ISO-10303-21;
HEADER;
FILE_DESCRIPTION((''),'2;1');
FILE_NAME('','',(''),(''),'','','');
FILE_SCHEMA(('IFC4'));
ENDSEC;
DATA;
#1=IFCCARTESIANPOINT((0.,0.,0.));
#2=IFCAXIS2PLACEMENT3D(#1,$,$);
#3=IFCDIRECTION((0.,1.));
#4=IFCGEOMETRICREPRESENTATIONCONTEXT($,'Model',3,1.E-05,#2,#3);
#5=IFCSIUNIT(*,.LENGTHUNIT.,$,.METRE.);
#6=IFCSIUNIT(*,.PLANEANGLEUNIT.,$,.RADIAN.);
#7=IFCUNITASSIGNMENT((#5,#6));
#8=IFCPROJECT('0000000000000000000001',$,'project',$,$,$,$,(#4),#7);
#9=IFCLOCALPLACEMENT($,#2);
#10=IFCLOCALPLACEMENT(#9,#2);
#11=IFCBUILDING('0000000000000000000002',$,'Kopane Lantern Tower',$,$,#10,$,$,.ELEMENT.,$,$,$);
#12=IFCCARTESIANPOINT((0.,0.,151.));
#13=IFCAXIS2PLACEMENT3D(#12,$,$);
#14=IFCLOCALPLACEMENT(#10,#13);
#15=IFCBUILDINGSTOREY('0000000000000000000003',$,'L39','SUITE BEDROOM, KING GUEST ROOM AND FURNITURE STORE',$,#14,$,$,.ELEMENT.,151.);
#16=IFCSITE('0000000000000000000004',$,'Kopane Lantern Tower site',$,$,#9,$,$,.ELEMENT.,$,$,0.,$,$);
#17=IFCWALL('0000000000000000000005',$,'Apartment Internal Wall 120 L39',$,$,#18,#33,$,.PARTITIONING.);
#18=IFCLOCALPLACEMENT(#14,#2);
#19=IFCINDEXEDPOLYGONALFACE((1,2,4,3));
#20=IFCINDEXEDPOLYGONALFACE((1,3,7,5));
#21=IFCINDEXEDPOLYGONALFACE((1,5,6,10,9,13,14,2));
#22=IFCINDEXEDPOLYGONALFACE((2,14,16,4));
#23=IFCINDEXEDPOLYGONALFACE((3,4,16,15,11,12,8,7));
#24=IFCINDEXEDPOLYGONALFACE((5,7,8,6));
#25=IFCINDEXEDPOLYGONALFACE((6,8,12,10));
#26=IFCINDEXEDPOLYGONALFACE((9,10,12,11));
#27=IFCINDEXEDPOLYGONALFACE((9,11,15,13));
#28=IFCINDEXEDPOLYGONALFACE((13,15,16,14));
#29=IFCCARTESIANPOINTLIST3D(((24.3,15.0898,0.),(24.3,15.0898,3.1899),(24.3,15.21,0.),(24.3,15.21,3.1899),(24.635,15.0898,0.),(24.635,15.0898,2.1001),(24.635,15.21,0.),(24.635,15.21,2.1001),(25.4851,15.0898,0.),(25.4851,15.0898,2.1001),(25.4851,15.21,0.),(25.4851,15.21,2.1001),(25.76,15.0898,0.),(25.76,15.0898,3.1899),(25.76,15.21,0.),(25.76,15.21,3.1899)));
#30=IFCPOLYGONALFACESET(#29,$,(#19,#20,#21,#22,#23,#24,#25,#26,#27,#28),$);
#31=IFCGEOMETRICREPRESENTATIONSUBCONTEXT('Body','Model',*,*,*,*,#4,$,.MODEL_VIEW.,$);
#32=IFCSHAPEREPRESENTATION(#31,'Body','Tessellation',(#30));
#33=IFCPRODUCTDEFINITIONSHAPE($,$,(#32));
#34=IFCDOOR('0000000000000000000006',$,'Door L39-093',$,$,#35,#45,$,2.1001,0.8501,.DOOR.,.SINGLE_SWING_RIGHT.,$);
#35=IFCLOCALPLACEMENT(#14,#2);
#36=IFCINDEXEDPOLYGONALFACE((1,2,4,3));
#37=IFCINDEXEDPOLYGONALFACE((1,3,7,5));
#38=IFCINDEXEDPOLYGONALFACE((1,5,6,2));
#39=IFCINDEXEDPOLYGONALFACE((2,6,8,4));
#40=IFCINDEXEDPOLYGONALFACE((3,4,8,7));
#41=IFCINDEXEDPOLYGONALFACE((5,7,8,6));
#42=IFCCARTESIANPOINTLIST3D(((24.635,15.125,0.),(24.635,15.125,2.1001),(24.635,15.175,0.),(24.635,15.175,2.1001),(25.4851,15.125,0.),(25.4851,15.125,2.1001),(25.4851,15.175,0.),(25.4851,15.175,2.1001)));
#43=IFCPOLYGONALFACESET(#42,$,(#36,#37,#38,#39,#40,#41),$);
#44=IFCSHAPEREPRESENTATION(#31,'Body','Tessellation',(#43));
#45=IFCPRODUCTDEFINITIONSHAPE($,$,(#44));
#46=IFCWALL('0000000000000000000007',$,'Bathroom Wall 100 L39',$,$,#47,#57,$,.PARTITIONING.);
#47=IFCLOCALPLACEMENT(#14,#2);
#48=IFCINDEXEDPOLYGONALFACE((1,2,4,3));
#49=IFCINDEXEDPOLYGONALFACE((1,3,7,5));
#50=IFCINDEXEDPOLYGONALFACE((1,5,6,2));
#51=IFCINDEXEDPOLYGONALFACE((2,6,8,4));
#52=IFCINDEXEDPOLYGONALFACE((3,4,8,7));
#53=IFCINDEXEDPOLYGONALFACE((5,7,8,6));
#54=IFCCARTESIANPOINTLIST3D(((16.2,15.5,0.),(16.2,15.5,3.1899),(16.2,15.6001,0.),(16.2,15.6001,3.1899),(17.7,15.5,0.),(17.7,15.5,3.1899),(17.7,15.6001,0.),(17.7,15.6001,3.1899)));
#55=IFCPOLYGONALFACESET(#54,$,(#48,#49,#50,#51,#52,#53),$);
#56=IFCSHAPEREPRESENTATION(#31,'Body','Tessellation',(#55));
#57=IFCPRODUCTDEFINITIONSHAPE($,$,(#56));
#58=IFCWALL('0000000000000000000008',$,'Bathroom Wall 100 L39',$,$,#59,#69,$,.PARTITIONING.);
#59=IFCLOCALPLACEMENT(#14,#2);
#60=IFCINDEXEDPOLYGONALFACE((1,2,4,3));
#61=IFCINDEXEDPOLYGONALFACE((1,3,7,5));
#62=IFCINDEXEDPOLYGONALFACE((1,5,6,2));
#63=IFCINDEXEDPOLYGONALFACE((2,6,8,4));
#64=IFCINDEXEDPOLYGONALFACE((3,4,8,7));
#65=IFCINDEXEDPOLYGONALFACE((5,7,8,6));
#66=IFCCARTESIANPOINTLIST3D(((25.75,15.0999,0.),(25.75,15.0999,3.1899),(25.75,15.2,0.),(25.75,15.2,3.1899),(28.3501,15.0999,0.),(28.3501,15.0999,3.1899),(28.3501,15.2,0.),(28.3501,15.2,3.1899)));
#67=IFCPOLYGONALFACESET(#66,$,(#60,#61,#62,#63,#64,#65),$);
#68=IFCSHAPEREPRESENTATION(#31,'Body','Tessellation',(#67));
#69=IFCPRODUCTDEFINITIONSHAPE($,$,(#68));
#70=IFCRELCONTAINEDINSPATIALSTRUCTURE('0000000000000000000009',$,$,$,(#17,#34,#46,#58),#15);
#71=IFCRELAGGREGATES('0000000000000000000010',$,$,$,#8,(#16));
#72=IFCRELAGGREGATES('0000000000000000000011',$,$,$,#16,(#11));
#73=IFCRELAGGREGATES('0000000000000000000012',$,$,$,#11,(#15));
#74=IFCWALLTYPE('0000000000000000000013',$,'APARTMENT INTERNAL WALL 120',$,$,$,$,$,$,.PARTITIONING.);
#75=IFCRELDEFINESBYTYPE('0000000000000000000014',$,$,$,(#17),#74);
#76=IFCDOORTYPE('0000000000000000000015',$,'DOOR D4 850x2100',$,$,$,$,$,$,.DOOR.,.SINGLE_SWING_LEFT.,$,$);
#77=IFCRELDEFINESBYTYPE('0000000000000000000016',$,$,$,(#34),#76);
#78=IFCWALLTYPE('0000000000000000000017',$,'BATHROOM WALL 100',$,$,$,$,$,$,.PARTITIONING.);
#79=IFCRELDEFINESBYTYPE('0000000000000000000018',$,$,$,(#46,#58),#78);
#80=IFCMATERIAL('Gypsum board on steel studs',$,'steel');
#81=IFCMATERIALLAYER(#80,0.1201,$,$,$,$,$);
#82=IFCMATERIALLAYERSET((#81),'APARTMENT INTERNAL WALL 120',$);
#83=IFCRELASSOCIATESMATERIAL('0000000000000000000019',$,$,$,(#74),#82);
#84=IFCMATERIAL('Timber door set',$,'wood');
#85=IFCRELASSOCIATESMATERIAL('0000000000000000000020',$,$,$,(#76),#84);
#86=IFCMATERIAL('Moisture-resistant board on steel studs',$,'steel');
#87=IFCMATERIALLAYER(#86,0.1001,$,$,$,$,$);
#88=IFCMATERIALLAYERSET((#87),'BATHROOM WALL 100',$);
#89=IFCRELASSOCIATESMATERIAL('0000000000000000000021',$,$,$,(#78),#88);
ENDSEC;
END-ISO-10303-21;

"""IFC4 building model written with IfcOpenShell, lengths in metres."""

from ifc_helpers import new_model, si_unit, direction, frame, frame_2d, origin, place, context, subcontext, project, spatial, rectangle, extrude, material, layer, layer_set, type_object, element, fill, save


model = new_model("IFC4")

# Units and contexts
model_context = context("Model", 3, precision=1e-05, world=origin(), true_north=direction((0.0, 1.0)))
body_context = subcontext(model_context, "Body", "Model", "MODEL_VIEW")
ifc_project = project(units=[si_unit("LENGTHUNIT", "METRE"), si_unit("PLANEANGLEUNIT", "RADIAN")], contexts=[model_context])

# Site, building, storey
site_placement = place(None, origin())
site = spatial("IfcSite", under=ifc_project, at=site_placement, Name="Kopane Lantern Tower site", CompositionType="ELEMENT", RefElevation=0.0)
building_placement = place(site_placement, origin())
building = spatial("IfcBuilding", under=site, at=building_placement, Name="Kopane Lantern Tower", CompositionType="ELEMENT")
storey_placement = place(building_placement, frame((0.0, 0.0, 151.0)))
storey = spatial("IfcBuildingStorey", under=building, at=storey_placement, Name="L39", Description="SUITE BEDROOM, KING GUEST ROOM AND FURNITURE STORE", CompositionType="ELEMENT", Elevation=151.0)

# Wall, opening, door
ifc_material_1 = material(Name="Gypsum board on steel studs", Category="steel")
ifc_layer_1 = layer(ifc_material_1, 0.1201)
ifc_layer_set_1 = layer_set([ifc_layer_1], Name="APARTMENT INTERNAL WALL 120")
wall_type_1 = type_object("IfcWallType", Name="APARTMENT INTERNAL WALL 120", PredefinedType="PARTITIONING", material=ifc_layer_set_1)
ifc_material_2 = material(Name="Timber door set", Category="wood")
door_type = type_object("IfcDoorType", Name="DOOR D4 850x2100", OperationType="SINGLE_SWING_LEFT", PredefinedType="DOOR", material=ifc_material_2)
wall_1_placement = place(storey_placement, frame((25.76, 15.1499, 0.0), z_axis=(0.0, 0.0, 1.0), x_axis=(-1.0, 0.0, 0.0)))
wall_1 = element("IfcWall", 1, at=wall_1_placement, inside=storey, type_object=wall_type_1, Name="Apartment Internal Wall 120 L39", PredefinedType="PARTITIONING", context=body_context, shape_type="SweptSolid", body=[
    extrude(rectangle(XDim=1.46, YDim=0.1201, at=frame_2d((0.73, 0.0))), origin(), (0.0, 0.0, 1.0), 3.1899),
])
opening_1_placement = place(wall_1_placement, frame((0.2749, 0.0, 0.0)))
opening_1 = element("IfcOpeningElement", 2, at=opening_1_placement, cuts=wall_1, PredefinedType="OPENING", context=body_context, shape_type="SweptSolid", body=[
    extrude(rectangle(XDim=0.8501, YDim=2.1001, at=frame_2d((0.425, 1.05))), frame((0.0, 0.0701, 0.0), z_axis=(0.0, -1.0, 0.0), x_axis=(1.0, 0.0, 0.0)), (0.0, 0.0, 1.0), 0.1401),
])
door_1_placement = place(opening_1_placement, origin())
door_1 = element("IfcDoor", 3, at=door_1_placement, inside=storey, type_object=door_type, Name="Door L39-093", OperationType="SINGLE_SWING_RIGHT", OverallHeight=2.1001, OverallWidth=0.8501, PredefinedType="DOOR", context=body_context, shape_type="SweptSolid", body=[
    extrude(rectangle(XDim=0.8501, YDim=2.1001, at=frame_2d((0.425, 1.05))), frame((0.0, 0.0249, 0.0), z_axis=(0.0, -1.0, 0.0), x_axis=(1.0, 0.0, 0.0)), (0.0, 0.0, 1.0), 0.05),
])
fill(opening_1, door_1)

# Walls
ifc_material_3 = material(Name="Moisture-resistant board on steel studs", Category="steel")
ifc_layer_2 = layer(ifc_material_3, 0.1001)
ifc_layer_set_2 = layer_set([ifc_layer_2], Name="BATHROOM WALL 100")
wall_type_2 = type_object("IfcWallType", Name="BATHROOM WALL 100", PredefinedType="PARTITIONING", material=ifc_layer_set_2)
wall_2_placement = place(storey_placement, frame((16.2, 15.55, 0.0), z_axis=(0.0, 0.0, 1.0), x_axis=(1.0, 0.0, 0.0)))
element("IfcWall", 4, at=wall_2_placement, inside=storey, type_object=wall_type_2, Name="Bathroom Wall 100 L39", PredefinedType="PARTITIONING", context=body_context, shape_type="SweptSolid", body=[
    extrude(rectangle(XDim=1.5, YDim=0.1001, at=frame_2d((0.75, 0.0))), origin(), (0.0, 0.0, 1.0), 3.1899),
])
wall_3_placement = place(storey_placement, frame((25.75, 15.1499, 0.0), z_axis=(0.0, 0.0, 1.0), x_axis=(1.0, 0.0, 0.0)))
element("IfcWall", 5, at=wall_3_placement, inside=storey, type_object=wall_type_2, Name="Bathroom Wall 100 L39", PredefinedType="PARTITIONING", context=body_context, shape_type="SweptSolid", body=[
    extrude(rectangle(XDim=2.6001, YDim=0.1001, at=frame_2d((1.3, 0.0))), origin(), (0.0, 0.0, 1.0), 3.1899),
])

save(model, "model.ifc")
